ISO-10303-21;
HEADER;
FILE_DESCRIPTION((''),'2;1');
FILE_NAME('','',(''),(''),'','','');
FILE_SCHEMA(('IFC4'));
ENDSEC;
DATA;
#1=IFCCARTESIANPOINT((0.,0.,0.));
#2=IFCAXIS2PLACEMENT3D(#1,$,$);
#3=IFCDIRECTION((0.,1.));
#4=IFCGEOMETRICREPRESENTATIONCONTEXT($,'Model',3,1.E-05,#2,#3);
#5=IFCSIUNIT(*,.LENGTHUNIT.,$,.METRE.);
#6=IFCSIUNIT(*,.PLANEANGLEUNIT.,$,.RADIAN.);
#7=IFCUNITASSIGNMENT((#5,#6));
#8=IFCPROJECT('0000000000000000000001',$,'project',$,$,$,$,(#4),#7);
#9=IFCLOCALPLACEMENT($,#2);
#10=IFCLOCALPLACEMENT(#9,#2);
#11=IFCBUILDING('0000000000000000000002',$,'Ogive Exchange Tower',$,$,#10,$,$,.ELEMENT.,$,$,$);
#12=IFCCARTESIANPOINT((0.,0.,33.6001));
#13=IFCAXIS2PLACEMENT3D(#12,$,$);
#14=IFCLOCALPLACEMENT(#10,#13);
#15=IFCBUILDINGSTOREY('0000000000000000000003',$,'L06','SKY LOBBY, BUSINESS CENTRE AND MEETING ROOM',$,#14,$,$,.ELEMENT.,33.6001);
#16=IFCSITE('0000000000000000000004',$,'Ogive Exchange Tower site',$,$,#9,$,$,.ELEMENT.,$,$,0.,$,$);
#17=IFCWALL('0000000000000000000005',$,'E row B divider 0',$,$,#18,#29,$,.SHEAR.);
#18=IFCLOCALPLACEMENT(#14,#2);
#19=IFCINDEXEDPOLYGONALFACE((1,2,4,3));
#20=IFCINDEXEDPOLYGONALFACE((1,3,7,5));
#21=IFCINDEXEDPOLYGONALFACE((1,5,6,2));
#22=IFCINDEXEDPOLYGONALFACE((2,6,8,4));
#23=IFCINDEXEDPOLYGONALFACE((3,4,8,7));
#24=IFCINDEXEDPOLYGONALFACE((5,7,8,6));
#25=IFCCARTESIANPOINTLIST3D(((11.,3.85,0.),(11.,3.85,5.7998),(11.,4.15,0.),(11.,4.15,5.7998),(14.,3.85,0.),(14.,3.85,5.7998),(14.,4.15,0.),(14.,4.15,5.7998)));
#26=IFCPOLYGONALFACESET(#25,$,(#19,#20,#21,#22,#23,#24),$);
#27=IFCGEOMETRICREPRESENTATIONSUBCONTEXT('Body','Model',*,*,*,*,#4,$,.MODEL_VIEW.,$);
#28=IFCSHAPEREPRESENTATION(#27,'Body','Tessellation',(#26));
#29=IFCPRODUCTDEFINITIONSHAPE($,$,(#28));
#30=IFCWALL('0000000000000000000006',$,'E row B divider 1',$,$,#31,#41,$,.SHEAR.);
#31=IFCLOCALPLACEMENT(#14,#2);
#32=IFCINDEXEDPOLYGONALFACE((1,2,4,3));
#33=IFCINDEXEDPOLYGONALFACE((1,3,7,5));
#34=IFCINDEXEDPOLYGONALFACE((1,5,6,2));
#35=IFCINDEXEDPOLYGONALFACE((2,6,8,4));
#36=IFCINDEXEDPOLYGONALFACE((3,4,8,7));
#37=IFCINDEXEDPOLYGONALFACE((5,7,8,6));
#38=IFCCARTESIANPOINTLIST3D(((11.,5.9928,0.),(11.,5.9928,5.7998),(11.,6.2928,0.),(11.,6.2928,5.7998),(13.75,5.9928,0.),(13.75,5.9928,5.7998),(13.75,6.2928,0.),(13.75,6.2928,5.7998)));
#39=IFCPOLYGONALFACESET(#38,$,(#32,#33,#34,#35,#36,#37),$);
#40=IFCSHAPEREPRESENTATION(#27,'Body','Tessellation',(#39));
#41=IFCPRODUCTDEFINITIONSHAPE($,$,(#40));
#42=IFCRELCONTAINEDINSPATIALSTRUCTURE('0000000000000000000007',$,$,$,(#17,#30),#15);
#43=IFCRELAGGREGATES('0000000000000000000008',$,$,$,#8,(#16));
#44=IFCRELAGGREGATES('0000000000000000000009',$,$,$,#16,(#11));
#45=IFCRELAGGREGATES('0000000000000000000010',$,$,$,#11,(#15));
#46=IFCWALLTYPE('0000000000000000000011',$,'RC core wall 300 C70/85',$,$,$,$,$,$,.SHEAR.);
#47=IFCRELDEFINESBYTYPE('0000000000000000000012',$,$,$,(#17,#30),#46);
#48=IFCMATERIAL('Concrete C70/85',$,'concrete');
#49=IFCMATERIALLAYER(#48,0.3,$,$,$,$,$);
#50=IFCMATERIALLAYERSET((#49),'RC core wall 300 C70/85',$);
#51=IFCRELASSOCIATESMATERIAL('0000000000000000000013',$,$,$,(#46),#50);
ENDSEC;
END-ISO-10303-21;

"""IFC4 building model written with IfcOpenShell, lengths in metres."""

from ifc_helpers import new_model, si_unit, direction, frame, frame_2d, origin, place, context, subcontext, project, spatial, rectangle, extrude, material, layer, layer_set, type_object, element, save


model = new_model("IFC4")

# Units and contexts
model_context = context("Model", 3, precision=1e-05, world=origin(), true_north=direction((0.0, 1.0)))
body_context = subcontext(model_context, "Body", "Model", "MODEL_VIEW")
ifc_project = project(units=[si_unit("LENGTHUNIT", "METRE"), si_unit("PLANEANGLEUNIT", "RADIAN")], contexts=[model_context])

# Site, building, storey
site_placement = place(None, origin())
site = spatial("IfcSite", under=ifc_project, at=site_placement, Name="Ogive Exchange Tower site", CompositionType="ELEMENT", RefElevation=0.0)
building_placement = place(site_placement, origin())
building = spatial("IfcBuilding", under=site, at=building_placement, Name="Ogive Exchange Tower", CompositionType="ELEMENT")
storey_placement = place(building_placement, frame((0.0, 0.0, 33.6001)))
storey = spatial("IfcBuildingStorey", under=building, at=storey_placement, Name="L06", Description="SKY LOBBY, BUSINESS CENTRE AND MEETING ROOM", CompositionType="ELEMENT", Elevation=33.6001)

# Shared definitions
ifc_material_1 = material(Name="Concrete C70/85", Category="concrete")

# Walls
ifc_layer_1 = layer(ifc_material_1, 0.3)
ifc_layer_set_1 = layer_set([ifc_layer_1], Name="RC core wall 300 C70/85")
wall_type_1 = type_object("IfcWallType", Name="RC core wall 300 C70/85", PredefinedType="SHEAR", material=ifc_layer_set_1)
wall_1_placement = place(storey_placement, frame((11.0, 4.0, 0.0), z_axis=(0.0, 0.0, 1.0), x_axis=(1.0, 0.0, 0.0)))
element("IfcWall", 1, at=wall_1_placement, inside=storey, type_object=wall_type_1, Name="E row B divider 0", PredefinedType="SHEAR", context=body_context, shape_type="SweptSolid", body=[
    extrude(rectangle(XDim=3.0, YDim=0.3, at=frame_2d((1.5, 0.0))), origin(), (0.0, 0.0, 1.0), 5.7998),
])
wall_2_placement = place(storey_placement, frame((11.0, 6.1428, 0.0), z_axis=(0.0, 0.0, 1.0), x_axis=(1.0, 0.0, 0.0)))
element("IfcWall", 2, at=wall_2_placement, inside=storey, type_object=wall_type_1, Name="E row B divider 1", PredefinedType="SHEAR", context=body_context, shape_type="SweptSolid", body=[
    extrude(rectangle(XDim=2.75, YDim=0.3, at=frame_2d((1.375, 0.0))), origin(), (0.0, 0.0, 1.0), 5.7998),
])

save(model, "model.ifc")
